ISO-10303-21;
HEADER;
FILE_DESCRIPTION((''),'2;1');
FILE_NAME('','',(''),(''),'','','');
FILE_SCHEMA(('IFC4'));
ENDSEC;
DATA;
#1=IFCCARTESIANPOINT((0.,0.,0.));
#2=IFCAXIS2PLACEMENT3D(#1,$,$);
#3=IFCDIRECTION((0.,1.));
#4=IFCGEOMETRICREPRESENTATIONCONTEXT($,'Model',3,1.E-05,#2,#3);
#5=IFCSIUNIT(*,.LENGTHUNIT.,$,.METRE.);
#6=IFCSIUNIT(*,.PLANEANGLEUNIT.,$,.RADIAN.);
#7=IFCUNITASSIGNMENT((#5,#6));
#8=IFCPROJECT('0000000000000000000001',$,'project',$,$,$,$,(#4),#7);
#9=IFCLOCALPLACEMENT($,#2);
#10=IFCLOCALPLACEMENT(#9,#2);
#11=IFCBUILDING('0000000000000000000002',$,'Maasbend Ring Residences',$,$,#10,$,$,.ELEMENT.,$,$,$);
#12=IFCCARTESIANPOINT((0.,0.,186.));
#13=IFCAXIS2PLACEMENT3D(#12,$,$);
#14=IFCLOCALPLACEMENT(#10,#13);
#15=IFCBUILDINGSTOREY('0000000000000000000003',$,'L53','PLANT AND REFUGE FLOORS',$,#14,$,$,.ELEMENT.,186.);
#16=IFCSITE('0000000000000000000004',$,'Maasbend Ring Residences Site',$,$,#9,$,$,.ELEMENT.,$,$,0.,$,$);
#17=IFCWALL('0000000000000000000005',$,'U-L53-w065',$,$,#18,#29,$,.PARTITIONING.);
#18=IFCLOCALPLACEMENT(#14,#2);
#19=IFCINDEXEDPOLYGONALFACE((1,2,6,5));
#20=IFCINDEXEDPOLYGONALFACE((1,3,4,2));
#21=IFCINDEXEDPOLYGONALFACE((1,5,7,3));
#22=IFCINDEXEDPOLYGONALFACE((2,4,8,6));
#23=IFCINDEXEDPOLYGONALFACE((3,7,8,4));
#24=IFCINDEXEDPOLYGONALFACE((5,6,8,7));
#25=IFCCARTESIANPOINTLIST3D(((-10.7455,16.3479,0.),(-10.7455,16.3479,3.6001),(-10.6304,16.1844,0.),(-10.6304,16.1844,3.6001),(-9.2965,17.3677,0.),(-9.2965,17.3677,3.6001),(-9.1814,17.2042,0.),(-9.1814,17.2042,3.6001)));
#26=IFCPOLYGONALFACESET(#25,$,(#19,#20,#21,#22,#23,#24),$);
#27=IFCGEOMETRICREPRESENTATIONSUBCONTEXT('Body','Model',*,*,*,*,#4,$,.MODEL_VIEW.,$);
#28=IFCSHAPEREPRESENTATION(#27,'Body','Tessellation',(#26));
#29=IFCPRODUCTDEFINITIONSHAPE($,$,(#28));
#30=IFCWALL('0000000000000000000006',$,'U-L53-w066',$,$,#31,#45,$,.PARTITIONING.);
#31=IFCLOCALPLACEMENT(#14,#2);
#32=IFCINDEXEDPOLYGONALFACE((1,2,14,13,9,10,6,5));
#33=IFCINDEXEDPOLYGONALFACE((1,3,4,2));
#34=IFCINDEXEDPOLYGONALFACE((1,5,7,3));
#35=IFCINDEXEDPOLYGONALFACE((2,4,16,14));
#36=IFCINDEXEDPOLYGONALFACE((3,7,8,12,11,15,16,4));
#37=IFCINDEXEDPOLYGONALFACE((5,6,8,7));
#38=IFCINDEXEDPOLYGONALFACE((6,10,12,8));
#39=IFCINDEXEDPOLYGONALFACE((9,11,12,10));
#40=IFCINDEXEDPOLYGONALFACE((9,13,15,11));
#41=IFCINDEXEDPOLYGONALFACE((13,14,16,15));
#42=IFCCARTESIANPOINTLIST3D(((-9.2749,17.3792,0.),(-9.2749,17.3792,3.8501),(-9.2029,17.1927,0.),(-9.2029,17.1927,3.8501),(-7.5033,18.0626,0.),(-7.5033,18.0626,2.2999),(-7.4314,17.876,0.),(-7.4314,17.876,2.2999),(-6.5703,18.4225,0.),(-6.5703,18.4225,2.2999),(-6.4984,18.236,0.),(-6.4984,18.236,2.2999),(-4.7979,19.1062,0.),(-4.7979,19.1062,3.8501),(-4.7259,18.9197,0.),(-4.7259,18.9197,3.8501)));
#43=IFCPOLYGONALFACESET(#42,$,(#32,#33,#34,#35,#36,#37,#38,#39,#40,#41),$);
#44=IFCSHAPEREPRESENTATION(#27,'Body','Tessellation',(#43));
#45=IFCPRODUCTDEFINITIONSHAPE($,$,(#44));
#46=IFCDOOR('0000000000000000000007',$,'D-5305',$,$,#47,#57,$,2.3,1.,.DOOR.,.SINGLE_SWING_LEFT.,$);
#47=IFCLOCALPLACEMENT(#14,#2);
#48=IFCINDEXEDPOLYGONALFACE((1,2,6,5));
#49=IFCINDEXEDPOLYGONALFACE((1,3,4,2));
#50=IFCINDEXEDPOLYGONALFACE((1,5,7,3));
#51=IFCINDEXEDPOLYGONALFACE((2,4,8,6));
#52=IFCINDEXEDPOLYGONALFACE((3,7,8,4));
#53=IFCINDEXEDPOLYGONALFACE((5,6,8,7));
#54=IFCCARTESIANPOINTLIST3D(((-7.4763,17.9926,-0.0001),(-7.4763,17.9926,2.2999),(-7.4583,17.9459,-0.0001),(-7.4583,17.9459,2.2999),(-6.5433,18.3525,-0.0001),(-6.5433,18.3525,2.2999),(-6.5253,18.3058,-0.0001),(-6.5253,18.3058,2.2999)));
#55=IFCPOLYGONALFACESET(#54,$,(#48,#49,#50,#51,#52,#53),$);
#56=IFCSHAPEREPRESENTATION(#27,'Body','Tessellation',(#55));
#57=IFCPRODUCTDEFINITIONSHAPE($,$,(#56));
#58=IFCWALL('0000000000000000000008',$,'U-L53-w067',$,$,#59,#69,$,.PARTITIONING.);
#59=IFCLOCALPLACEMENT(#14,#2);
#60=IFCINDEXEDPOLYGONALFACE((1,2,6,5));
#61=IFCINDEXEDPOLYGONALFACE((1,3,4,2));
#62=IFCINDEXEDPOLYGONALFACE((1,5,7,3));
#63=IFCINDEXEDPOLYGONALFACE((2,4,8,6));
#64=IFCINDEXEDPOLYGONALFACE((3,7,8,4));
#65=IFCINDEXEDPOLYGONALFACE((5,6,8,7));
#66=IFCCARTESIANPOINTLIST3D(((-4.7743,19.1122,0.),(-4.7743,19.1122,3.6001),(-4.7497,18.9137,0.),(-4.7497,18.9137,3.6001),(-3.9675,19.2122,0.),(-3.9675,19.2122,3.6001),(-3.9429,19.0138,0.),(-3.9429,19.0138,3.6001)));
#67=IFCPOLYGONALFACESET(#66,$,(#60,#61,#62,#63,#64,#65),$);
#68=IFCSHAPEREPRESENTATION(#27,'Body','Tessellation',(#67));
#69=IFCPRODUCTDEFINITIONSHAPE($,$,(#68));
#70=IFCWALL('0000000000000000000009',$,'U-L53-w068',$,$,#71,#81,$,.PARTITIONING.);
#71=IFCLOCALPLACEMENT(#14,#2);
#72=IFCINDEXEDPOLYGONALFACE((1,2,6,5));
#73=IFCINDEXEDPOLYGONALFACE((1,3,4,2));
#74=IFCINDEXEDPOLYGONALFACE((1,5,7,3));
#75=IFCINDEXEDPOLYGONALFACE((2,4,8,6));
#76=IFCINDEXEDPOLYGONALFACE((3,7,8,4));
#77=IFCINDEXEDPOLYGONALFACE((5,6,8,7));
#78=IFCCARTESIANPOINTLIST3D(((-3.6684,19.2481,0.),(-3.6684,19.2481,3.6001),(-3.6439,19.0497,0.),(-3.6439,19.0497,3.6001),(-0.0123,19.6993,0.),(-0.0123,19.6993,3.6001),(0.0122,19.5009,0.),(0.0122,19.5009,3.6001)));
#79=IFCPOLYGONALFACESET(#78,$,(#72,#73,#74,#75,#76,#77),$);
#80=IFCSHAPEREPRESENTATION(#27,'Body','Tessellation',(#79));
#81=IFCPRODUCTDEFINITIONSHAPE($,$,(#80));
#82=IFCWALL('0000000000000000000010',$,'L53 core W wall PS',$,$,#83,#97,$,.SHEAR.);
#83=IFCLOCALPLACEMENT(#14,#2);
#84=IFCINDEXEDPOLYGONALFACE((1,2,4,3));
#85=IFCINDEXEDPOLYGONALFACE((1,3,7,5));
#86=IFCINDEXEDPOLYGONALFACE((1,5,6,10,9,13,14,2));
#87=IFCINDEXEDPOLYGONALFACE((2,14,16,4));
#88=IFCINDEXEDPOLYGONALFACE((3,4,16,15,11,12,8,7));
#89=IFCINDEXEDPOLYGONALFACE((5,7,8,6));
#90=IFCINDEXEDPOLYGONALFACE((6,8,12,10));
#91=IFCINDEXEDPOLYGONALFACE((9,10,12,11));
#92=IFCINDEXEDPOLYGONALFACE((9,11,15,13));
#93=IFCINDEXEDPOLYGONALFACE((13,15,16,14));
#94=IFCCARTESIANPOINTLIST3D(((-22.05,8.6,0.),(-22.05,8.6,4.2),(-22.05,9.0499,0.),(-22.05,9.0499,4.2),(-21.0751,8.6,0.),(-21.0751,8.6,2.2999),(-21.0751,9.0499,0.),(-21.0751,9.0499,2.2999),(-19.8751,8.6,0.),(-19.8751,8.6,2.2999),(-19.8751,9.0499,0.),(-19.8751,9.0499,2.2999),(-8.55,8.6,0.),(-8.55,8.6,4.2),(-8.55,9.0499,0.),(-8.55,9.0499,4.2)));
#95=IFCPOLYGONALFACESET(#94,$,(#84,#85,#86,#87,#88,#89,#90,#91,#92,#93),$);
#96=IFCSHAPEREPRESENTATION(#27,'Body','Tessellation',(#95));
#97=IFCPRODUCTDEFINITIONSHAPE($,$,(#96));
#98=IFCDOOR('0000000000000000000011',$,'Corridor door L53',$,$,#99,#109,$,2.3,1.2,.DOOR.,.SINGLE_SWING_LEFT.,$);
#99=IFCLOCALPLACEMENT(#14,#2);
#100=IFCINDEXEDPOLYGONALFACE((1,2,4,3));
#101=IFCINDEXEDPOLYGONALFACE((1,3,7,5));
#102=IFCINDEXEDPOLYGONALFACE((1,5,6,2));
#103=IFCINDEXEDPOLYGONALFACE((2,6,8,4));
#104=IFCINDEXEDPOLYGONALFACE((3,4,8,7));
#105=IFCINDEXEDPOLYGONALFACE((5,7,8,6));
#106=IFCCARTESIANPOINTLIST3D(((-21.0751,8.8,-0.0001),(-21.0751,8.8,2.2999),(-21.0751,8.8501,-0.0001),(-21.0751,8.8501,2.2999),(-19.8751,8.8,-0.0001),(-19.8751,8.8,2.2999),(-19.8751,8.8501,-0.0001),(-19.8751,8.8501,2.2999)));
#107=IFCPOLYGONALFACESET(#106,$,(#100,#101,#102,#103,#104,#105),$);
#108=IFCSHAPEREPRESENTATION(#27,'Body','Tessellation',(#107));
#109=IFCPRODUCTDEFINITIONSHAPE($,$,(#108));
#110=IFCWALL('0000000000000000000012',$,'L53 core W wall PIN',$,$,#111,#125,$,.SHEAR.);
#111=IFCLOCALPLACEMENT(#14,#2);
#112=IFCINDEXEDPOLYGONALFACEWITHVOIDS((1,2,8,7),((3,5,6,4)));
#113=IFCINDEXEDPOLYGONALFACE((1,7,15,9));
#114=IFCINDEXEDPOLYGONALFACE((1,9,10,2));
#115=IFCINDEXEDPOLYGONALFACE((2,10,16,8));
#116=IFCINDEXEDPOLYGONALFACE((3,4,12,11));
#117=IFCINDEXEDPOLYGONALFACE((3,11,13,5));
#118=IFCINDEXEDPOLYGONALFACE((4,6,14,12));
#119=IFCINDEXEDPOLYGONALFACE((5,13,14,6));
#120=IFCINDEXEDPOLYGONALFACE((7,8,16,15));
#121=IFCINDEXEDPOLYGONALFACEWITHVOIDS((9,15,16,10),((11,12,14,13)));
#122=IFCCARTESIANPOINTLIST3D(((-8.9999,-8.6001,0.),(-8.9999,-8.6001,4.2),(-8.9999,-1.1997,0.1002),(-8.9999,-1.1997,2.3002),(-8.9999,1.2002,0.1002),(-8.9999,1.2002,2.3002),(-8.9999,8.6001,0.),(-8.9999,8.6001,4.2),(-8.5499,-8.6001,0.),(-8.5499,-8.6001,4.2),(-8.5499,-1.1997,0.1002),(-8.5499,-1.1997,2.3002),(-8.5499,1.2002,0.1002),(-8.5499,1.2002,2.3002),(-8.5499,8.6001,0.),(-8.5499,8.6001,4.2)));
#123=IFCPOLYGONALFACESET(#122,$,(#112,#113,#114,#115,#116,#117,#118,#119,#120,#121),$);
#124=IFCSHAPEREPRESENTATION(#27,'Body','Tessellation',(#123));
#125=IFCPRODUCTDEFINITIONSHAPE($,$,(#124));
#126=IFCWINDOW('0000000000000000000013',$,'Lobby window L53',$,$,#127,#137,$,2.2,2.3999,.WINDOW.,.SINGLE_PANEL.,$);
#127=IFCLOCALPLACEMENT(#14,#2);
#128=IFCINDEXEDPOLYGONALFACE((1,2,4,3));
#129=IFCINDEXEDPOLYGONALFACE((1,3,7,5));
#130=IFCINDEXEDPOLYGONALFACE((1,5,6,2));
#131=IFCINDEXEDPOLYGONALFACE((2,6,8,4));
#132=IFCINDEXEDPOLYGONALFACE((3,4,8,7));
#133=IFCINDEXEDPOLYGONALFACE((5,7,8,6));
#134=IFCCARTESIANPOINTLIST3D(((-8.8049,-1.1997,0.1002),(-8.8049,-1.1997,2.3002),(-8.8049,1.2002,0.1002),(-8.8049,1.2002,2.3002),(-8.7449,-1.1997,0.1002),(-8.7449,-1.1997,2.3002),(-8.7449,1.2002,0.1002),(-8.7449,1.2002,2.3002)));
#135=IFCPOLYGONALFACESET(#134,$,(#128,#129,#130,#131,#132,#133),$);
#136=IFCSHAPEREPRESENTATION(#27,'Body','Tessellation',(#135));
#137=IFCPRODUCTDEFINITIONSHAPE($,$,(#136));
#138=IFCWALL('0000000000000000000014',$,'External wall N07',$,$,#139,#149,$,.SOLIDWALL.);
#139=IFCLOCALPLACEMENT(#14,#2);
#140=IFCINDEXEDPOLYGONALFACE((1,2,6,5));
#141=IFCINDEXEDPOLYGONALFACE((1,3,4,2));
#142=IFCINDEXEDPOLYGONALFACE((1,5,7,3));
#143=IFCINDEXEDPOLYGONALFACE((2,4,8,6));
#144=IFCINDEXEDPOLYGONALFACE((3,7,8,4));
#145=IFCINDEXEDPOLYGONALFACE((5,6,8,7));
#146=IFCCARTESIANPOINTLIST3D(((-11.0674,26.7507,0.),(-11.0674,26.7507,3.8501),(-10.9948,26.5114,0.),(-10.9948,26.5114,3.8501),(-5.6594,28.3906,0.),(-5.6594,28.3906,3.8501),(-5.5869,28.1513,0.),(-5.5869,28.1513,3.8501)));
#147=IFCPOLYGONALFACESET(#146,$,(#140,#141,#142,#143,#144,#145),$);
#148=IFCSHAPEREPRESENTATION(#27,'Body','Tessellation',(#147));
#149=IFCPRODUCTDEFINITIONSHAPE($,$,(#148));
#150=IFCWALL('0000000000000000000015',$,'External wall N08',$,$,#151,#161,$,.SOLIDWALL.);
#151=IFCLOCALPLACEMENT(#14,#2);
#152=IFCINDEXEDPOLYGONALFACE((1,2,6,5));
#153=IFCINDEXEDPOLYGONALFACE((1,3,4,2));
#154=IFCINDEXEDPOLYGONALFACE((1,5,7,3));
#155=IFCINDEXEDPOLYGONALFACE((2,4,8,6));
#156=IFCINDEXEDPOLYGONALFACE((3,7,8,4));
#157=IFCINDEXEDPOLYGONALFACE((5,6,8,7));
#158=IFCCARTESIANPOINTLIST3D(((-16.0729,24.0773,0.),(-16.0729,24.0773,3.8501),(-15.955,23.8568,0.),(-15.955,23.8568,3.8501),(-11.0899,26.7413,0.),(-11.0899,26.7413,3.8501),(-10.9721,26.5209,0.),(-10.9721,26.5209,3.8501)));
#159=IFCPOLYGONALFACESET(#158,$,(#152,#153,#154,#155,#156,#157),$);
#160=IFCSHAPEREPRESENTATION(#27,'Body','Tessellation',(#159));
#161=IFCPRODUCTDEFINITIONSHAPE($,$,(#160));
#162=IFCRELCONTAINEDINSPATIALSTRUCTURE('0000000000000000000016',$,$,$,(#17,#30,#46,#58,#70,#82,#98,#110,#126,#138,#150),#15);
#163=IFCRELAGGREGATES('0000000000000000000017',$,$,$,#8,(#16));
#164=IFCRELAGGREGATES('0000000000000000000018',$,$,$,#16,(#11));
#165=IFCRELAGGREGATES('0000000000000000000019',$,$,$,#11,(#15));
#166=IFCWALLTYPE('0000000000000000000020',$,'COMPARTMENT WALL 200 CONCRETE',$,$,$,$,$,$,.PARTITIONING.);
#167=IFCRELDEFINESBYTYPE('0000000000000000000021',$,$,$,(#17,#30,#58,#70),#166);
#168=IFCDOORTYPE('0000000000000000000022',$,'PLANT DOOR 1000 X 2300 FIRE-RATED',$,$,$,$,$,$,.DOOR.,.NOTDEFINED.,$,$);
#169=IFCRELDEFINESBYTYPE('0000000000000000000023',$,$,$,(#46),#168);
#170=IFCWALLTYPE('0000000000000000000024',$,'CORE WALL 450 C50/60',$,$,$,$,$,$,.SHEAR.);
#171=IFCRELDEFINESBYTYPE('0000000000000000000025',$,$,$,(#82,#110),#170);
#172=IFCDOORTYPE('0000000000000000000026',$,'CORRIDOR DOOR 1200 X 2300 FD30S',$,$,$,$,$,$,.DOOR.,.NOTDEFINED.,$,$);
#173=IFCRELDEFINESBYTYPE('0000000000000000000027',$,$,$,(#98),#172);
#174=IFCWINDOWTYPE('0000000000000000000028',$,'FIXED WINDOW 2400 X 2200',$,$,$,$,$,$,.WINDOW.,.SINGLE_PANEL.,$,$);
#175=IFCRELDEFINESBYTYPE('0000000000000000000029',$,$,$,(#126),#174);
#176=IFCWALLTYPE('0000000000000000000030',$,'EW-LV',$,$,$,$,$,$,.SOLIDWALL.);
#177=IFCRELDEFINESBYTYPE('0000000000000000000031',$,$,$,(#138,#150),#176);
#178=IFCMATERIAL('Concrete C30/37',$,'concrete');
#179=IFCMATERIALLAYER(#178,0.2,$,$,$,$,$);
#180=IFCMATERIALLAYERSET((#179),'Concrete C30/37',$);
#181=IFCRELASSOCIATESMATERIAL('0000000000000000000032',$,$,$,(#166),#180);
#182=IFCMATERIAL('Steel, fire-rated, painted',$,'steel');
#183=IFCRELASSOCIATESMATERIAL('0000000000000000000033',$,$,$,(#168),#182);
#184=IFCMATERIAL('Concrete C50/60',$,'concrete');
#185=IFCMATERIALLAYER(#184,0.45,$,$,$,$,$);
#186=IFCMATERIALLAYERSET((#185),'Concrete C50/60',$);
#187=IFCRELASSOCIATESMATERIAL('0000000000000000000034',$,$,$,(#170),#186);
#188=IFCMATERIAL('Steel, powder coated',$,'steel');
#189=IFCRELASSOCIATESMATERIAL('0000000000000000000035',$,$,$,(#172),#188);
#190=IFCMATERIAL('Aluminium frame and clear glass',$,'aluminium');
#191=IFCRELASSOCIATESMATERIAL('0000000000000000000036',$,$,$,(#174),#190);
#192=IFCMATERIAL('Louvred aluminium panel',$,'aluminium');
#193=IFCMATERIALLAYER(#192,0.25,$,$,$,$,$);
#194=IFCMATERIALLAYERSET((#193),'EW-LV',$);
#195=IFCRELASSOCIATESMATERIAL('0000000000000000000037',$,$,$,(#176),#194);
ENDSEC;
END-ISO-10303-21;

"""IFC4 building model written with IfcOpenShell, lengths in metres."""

from ifc_helpers import new_model, si_unit, direction, frame, frame_2d, origin, place, context, subcontext, project, spatial, rectangle, extrude, material, layer, layer_set, type_object, element, fill, save


model = new_model("IFC4")

# Units and contexts
model_context = context("Model", 3, precision=1e-05, world=origin(), true_north=direction((0.0, 1.0)))
body_context = subcontext(model_context, "Body", "Model", "MODEL_VIEW")
ifc_project = project(units=[si_unit("LENGTHUNIT", "METRE"), si_unit("PLANEANGLEUNIT", "RADIAN")], contexts=[model_context])

# Site, building, storey
site_placement = place(None, origin())
site = spatial("IfcSite", under=ifc_project, at=site_placement, Name="Maasbend Ring Residences Site", CompositionType="ELEMENT", RefElevation=0.0)
building_placement = place(site_placement, origin())
building = spatial("IfcBuilding", under=site, at=building_placement, Name="Maasbend Ring Residences", CompositionType="ELEMENT")
storey_placement = place(building_placement, frame((0.0, 0.0, 186.0)))
storey = spatial("IfcBuildingStorey", under=building, at=storey_placement, Name="L53", Description="PLANT AND REFUGE FLOORS", CompositionType="ELEMENT", Elevation=186.0)

# Shared definitions
ifc_material_1 = material(Name="Concrete C30/37", Category="concrete")
ifc_layer_1 = layer(ifc_material_1, 0.2)
ifc_layer_set_1 = layer_set([ifc_layer_1], Name="Concrete C30/37")
wall_type_1 = type_object("IfcWallType", Name="COMPARTMENT WALL 200 CONCRETE", PredefinedType="PARTITIONING", material=ifc_layer_set_1)

# Shared definitions
ifc_material_2 = material(Name="Steel, fire-rated, painted", Category="steel")
door_type_1 = type_object("IfcDoorType", Name="PLANT DOOR 1000 X 2300 FIRE-RATED", OperationType="NOTDEFINED", PredefinedType="DOOR", material=ifc_material_2)

# Wall
wall_1_placement = place(storey_placement, frame((-10.688, 16.2661, 0.0), z_axis=(0.0, 0.0, 1.0), x_axis=(0.817773, 0.575541, 0.0)))
element("IfcWall", 1, at=wall_1_placement, inside=storey, type_object=wall_type_1, Name="U-L53-w065", PredefinedType="PARTITIONING", context=body_context, shape_type="SweptSolid", body=[
    extrude(rectangle(XDim=1.772, YDim=0.2, at=frame_2d((0.886, 0.0))), origin(), (0.0, 0.0, 1.0), 3.6001),
])

# Wall, opening, door
wall_2_placement = place(storey_placement, frame((-9.239, 17.2859, 0.0), z_axis=(0.0, 0.0, 1.0), x_axis=(0.932988, 0.359906, 0.0)))
wall_2 = element("IfcWall", 2, at=wall_2_placement, inside=storey, type_object=wall_type_1, Name="U-L53-w066", PredefinedType="PARTITIONING", context=body_context, shape_type="SweptSolid", body=[
    extrude(rectangle(XDim=4.7986, YDim=0.2, at=frame_2d((2.3994, 0.0))), origin(), (0.0, 0.0, 1.0), 3.8501),
])
opening_1_placement = place(wall_2_placement, frame((1.8989, 0.0, 0.0)))
opening_1 = element("IfcOpeningElement", 3, at=opening_1_placement, cuts=wall_2, PredefinedType="OPENING", context=body_context, shape_type="SweptSolid", body=[
    extrude(rectangle(XDim=1.0, YDim=2.3, at=frame_2d((0.5, 1.1499))), frame((0.0, 0.1099, 0.0), z_axis=(0.0, -1.0, 0.0), x_axis=(1.0, 0.0, 0.0)), (0.0, 0.0, 1.0), 0.22),
])
door_1_placement = place(opening_1_placement, origin())
door_1 = element("IfcDoor", 4, at=door_1_placement, inside=storey, type_object=door_type_1, Name="D-5305", OperationType="SINGLE_SWING_LEFT", OverallHeight=2.3, OverallWidth=1.0, PredefinedType="DOOR", context=body_context, shape_type="SweptSolid", body=[
    extrude(rectangle(XDim=1.0, YDim=2.3, at=frame_2d((0.5, 1.1499))), frame((0.0, 0.0249, 0.0), z_axis=(0.0, -1.0, 0.0), x_axis=(1.0, 0.0, 0.0)), (0.0, 0.0, 1.0), 0.05),
])
fill(opening_1, door_1)

# Walls
wall_3_placement = place(storey_placement, frame((-4.762, 19.0129, 0.0), z_axis=(0.0, 0.0, 1.0), x_axis=(0.992393, 0.123111, 0.0)))
element("IfcWall", 5, at=wall_3_placement, inside=storey, type_object=wall_type_1, Name="U-L53-w067", PredefinedType="PARTITIONING", context=body_context, shape_type="SweptSolid", body=[
    extrude(rectangle(XDim=0.813, YDim=0.2, at=frame_2d((0.4065, 0.0))), origin(), (0.0, 0.0, 1.0), 3.6001),
])
wall_4_placement = place(storey_placement, frame((-3.656, 19.1489, 0.0), z_axis=(0.0, 0.0, 1.0), x_axis=(0.992471, 0.122477, 0.0)))
element("IfcWall", 6, at=wall_4_placement, inside=storey, type_object=wall_type_1, Name="U-L53-w068", PredefinedType="PARTITIONING", context=body_context, shape_type="SweptSolid", body=[
    extrude(rectangle(XDim=3.6838, YDim=0.2, at=frame_2d((1.8418, 0.0))), origin(), (0.0, 0.0, 1.0), 3.6001),
])

# Wall, opening, door
ifc_material_3 = material(Name="Concrete C50/60", Category="concrete")
ifc_layer_2 = layer(ifc_material_3, 0.45)
ifc_layer_set_2 = layer_set([ifc_layer_2], Name="Concrete C50/60")
wall_type_2 = type_object("IfcWallType", Name="CORE WALL 450 C50/60", PredefinedType="SHEAR", material=ifc_layer_set_2)
wall_5_placement = place(storey_placement, frame((-8.55, 8.825, 0.0), z_axis=(0.0, 0.0, 1.0), x_axis=(-1.0, 0.0, 0.0)))
wall_5 = element("IfcWall", 7, at=wall_5_placement, inside=storey, type_object=wall_type_2, Name="L53 core W wall PS", PredefinedType="SHEAR", context=body_context, shape_type="SweptSolid", body=[
    extrude(rectangle(XDim=13.5, YDim=0.45, at=frame_2d((6.75, 0.0))), origin(), (0.0, 0.0, 1.0), 4.2),
])
opening_2_placement = place(wall_5_placement, frame((11.325, 0.0, 0.0)))
opening_2 = element("IfcOpeningElement", 8, at=opening_2_placement, cuts=wall_5, PredefinedType="OPENING", context=body_context, shape_type="SweptSolid", body=[
    extrude(rectangle(XDim=1.2, YDim=2.3, at=frame_2d((0.6001, 1.1499))), frame((0.0, 0.2349, 0.0), z_axis=(0.0, -1.0, 0.0), x_axis=(1.0, 0.0, 0.0)), (0.0, 0.0, 1.0), 0.47),
])
ifc_material_4 = material(Name="Steel, powder coated", Category="steel")
door_type_2 = type_object("IfcDoorType", Name="CORRIDOR DOOR 1200 X 2300 FD30S", OperationType="NOTDEFINED", PredefinedType="DOOR", material=ifc_material_4)
door_2_placement = place(opening_2_placement, origin())
door_2 = element("IfcDoor", 9, at=door_2_placement, inside=storey, type_object=door_type_2, Name="Corridor door L53", OperationType="SINGLE_SWING_LEFT", OverallHeight=2.3, OverallWidth=1.2, PredefinedType="DOOR", context=body_context, shape_type="SweptSolid", body=[
    extrude(rectangle(XDim=1.2, YDim=2.3, at=frame_2d((0.6001, 1.1499))), frame((0.0, 0.0249, 0.0), z_axis=(0.0, -1.0, 0.0), x_axis=(1.0, 0.0, 0.0)), (0.0, 0.0, 1.0), 0.05),
])
fill(opening_2, door_2)

# Wall, opening, window
wall_6_placement = place(storey_placement, frame((-8.7749, 8.6001, 0.0), z_axis=(0.0, 0.0, 1.0), x_axis=(0.0, -1.0, 0.0)))
wall_6 = element("IfcWall", 10, at=wall_6_placement, inside=storey, type_object=wall_type_2, Name="L53 core W wall PIN", PredefinedType="SHEAR", context=body_context, shape_type="SweptSolid", body=[
    extrude(rectangle(XDim=17.2002, YDim=0.45, at=frame_2d((8.6001, 0.0))), origin(), (0.0, 0.0, 1.0), 4.2),
])
opening_3_placement = place(wall_6_placement, frame((7.3999, 0.0, 0.1001)))
opening_3 = element("IfcOpeningElement", 11, at=opening_3_placement, cuts=wall_6, PredefinedType="OPENING", context=body_context, shape_type="SweptSolid", body=[
    extrude(rectangle(XDim=2.3999, YDim=2.2, at=frame_2d((1.2, 1.1001))), frame((0.0, 0.2349, 0.0), z_axis=(0.0, -1.0, 0.0), x_axis=(1.0, 0.0, 0.0)), (0.0, 0.0, 1.0), 0.47),
])
ifc_material_5 = material(Name="Aluminium frame and clear glass", Category="aluminium")
window_type = type_object("IfcWindowType", Name="FIXED WINDOW 2400 X 2200", PartitioningType="SINGLE_PANEL", PredefinedType="WINDOW", material=ifc_material_5)
window_placement = place(opening_3_placement, origin())
window = element("IfcWindow", 12, at=window_placement, inside=storey, type_object=window_type, Name="Lobby window L53", OverallHeight=2.2, OverallWidth=2.3999, PartitioningType="SINGLE_PANEL", PredefinedType="WINDOW", context=body_context, shape_type="SweptSolid", body=[
    extrude(rectangle(XDim=2.3999, YDim=2.2, at=frame_2d((1.2, 1.1001))), frame((0.0, 0.03, 0.0), z_axis=(0.0, -1.0, 0.0), x_axis=(1.0, 0.0, 0.0)), (0.0, 0.0, 1.0), 0.0601),
])
fill(opening_3, window)

# Walls
ifc_material_6 = material(Name="Louvred aluminium panel", Category="aluminium")
ifc_layer_3 = layer(ifc_material_6, 0.25)
ifc_layer_set_3 = layer_set([ifc_layer_3], Name="EW-LV")
wall_type_3 = type_object("IfcWallType", Name="EW-LV", PredefinedType="SOLIDWALL", material=ifc_layer_set_3)
wall_7_placement = place(storey_placement, frame((-5.623, 28.271, 0.0), z_axis=(0.0, 0.0, 1.0), x_axis=(-0.95697, -0.290188, 0.0)))
element("IfcWall", 13, at=wall_7_placement, inside=storey, type_object=wall_type_3, Name="External wall N07", PredefinedType="SOLIDWALL", context=body_context, shape_type="SweptSolid", body=[
    extrude(rectangle(XDim=5.6511, YDim=0.25, at=frame_2d((2.8257, 0.0))), origin(), (0.0, 0.0, 1.0), 3.8501),
])
wall_8_placement = place(storey_placement, frame((-11.031, 26.6311, 0.0), z_axis=(0.0, 0.0, 1.0), x_axis=(-0.881874, -0.471485, 0.0)))
element("IfcWall", 14, at=wall_8_placement, inside=storey, type_object=wall_type_3, Name="External wall N08", PredefinedType="SOLIDWALL", context=body_context, shape_type="SweptSolid", body=[
    extrude(rectangle(XDim=5.6504, YDim=0.25, at=frame_2d((2.8252, 0.0))), origin(), (0.0, 0.0, 1.0), 3.8501),
])

save(model, "model.ifc")
